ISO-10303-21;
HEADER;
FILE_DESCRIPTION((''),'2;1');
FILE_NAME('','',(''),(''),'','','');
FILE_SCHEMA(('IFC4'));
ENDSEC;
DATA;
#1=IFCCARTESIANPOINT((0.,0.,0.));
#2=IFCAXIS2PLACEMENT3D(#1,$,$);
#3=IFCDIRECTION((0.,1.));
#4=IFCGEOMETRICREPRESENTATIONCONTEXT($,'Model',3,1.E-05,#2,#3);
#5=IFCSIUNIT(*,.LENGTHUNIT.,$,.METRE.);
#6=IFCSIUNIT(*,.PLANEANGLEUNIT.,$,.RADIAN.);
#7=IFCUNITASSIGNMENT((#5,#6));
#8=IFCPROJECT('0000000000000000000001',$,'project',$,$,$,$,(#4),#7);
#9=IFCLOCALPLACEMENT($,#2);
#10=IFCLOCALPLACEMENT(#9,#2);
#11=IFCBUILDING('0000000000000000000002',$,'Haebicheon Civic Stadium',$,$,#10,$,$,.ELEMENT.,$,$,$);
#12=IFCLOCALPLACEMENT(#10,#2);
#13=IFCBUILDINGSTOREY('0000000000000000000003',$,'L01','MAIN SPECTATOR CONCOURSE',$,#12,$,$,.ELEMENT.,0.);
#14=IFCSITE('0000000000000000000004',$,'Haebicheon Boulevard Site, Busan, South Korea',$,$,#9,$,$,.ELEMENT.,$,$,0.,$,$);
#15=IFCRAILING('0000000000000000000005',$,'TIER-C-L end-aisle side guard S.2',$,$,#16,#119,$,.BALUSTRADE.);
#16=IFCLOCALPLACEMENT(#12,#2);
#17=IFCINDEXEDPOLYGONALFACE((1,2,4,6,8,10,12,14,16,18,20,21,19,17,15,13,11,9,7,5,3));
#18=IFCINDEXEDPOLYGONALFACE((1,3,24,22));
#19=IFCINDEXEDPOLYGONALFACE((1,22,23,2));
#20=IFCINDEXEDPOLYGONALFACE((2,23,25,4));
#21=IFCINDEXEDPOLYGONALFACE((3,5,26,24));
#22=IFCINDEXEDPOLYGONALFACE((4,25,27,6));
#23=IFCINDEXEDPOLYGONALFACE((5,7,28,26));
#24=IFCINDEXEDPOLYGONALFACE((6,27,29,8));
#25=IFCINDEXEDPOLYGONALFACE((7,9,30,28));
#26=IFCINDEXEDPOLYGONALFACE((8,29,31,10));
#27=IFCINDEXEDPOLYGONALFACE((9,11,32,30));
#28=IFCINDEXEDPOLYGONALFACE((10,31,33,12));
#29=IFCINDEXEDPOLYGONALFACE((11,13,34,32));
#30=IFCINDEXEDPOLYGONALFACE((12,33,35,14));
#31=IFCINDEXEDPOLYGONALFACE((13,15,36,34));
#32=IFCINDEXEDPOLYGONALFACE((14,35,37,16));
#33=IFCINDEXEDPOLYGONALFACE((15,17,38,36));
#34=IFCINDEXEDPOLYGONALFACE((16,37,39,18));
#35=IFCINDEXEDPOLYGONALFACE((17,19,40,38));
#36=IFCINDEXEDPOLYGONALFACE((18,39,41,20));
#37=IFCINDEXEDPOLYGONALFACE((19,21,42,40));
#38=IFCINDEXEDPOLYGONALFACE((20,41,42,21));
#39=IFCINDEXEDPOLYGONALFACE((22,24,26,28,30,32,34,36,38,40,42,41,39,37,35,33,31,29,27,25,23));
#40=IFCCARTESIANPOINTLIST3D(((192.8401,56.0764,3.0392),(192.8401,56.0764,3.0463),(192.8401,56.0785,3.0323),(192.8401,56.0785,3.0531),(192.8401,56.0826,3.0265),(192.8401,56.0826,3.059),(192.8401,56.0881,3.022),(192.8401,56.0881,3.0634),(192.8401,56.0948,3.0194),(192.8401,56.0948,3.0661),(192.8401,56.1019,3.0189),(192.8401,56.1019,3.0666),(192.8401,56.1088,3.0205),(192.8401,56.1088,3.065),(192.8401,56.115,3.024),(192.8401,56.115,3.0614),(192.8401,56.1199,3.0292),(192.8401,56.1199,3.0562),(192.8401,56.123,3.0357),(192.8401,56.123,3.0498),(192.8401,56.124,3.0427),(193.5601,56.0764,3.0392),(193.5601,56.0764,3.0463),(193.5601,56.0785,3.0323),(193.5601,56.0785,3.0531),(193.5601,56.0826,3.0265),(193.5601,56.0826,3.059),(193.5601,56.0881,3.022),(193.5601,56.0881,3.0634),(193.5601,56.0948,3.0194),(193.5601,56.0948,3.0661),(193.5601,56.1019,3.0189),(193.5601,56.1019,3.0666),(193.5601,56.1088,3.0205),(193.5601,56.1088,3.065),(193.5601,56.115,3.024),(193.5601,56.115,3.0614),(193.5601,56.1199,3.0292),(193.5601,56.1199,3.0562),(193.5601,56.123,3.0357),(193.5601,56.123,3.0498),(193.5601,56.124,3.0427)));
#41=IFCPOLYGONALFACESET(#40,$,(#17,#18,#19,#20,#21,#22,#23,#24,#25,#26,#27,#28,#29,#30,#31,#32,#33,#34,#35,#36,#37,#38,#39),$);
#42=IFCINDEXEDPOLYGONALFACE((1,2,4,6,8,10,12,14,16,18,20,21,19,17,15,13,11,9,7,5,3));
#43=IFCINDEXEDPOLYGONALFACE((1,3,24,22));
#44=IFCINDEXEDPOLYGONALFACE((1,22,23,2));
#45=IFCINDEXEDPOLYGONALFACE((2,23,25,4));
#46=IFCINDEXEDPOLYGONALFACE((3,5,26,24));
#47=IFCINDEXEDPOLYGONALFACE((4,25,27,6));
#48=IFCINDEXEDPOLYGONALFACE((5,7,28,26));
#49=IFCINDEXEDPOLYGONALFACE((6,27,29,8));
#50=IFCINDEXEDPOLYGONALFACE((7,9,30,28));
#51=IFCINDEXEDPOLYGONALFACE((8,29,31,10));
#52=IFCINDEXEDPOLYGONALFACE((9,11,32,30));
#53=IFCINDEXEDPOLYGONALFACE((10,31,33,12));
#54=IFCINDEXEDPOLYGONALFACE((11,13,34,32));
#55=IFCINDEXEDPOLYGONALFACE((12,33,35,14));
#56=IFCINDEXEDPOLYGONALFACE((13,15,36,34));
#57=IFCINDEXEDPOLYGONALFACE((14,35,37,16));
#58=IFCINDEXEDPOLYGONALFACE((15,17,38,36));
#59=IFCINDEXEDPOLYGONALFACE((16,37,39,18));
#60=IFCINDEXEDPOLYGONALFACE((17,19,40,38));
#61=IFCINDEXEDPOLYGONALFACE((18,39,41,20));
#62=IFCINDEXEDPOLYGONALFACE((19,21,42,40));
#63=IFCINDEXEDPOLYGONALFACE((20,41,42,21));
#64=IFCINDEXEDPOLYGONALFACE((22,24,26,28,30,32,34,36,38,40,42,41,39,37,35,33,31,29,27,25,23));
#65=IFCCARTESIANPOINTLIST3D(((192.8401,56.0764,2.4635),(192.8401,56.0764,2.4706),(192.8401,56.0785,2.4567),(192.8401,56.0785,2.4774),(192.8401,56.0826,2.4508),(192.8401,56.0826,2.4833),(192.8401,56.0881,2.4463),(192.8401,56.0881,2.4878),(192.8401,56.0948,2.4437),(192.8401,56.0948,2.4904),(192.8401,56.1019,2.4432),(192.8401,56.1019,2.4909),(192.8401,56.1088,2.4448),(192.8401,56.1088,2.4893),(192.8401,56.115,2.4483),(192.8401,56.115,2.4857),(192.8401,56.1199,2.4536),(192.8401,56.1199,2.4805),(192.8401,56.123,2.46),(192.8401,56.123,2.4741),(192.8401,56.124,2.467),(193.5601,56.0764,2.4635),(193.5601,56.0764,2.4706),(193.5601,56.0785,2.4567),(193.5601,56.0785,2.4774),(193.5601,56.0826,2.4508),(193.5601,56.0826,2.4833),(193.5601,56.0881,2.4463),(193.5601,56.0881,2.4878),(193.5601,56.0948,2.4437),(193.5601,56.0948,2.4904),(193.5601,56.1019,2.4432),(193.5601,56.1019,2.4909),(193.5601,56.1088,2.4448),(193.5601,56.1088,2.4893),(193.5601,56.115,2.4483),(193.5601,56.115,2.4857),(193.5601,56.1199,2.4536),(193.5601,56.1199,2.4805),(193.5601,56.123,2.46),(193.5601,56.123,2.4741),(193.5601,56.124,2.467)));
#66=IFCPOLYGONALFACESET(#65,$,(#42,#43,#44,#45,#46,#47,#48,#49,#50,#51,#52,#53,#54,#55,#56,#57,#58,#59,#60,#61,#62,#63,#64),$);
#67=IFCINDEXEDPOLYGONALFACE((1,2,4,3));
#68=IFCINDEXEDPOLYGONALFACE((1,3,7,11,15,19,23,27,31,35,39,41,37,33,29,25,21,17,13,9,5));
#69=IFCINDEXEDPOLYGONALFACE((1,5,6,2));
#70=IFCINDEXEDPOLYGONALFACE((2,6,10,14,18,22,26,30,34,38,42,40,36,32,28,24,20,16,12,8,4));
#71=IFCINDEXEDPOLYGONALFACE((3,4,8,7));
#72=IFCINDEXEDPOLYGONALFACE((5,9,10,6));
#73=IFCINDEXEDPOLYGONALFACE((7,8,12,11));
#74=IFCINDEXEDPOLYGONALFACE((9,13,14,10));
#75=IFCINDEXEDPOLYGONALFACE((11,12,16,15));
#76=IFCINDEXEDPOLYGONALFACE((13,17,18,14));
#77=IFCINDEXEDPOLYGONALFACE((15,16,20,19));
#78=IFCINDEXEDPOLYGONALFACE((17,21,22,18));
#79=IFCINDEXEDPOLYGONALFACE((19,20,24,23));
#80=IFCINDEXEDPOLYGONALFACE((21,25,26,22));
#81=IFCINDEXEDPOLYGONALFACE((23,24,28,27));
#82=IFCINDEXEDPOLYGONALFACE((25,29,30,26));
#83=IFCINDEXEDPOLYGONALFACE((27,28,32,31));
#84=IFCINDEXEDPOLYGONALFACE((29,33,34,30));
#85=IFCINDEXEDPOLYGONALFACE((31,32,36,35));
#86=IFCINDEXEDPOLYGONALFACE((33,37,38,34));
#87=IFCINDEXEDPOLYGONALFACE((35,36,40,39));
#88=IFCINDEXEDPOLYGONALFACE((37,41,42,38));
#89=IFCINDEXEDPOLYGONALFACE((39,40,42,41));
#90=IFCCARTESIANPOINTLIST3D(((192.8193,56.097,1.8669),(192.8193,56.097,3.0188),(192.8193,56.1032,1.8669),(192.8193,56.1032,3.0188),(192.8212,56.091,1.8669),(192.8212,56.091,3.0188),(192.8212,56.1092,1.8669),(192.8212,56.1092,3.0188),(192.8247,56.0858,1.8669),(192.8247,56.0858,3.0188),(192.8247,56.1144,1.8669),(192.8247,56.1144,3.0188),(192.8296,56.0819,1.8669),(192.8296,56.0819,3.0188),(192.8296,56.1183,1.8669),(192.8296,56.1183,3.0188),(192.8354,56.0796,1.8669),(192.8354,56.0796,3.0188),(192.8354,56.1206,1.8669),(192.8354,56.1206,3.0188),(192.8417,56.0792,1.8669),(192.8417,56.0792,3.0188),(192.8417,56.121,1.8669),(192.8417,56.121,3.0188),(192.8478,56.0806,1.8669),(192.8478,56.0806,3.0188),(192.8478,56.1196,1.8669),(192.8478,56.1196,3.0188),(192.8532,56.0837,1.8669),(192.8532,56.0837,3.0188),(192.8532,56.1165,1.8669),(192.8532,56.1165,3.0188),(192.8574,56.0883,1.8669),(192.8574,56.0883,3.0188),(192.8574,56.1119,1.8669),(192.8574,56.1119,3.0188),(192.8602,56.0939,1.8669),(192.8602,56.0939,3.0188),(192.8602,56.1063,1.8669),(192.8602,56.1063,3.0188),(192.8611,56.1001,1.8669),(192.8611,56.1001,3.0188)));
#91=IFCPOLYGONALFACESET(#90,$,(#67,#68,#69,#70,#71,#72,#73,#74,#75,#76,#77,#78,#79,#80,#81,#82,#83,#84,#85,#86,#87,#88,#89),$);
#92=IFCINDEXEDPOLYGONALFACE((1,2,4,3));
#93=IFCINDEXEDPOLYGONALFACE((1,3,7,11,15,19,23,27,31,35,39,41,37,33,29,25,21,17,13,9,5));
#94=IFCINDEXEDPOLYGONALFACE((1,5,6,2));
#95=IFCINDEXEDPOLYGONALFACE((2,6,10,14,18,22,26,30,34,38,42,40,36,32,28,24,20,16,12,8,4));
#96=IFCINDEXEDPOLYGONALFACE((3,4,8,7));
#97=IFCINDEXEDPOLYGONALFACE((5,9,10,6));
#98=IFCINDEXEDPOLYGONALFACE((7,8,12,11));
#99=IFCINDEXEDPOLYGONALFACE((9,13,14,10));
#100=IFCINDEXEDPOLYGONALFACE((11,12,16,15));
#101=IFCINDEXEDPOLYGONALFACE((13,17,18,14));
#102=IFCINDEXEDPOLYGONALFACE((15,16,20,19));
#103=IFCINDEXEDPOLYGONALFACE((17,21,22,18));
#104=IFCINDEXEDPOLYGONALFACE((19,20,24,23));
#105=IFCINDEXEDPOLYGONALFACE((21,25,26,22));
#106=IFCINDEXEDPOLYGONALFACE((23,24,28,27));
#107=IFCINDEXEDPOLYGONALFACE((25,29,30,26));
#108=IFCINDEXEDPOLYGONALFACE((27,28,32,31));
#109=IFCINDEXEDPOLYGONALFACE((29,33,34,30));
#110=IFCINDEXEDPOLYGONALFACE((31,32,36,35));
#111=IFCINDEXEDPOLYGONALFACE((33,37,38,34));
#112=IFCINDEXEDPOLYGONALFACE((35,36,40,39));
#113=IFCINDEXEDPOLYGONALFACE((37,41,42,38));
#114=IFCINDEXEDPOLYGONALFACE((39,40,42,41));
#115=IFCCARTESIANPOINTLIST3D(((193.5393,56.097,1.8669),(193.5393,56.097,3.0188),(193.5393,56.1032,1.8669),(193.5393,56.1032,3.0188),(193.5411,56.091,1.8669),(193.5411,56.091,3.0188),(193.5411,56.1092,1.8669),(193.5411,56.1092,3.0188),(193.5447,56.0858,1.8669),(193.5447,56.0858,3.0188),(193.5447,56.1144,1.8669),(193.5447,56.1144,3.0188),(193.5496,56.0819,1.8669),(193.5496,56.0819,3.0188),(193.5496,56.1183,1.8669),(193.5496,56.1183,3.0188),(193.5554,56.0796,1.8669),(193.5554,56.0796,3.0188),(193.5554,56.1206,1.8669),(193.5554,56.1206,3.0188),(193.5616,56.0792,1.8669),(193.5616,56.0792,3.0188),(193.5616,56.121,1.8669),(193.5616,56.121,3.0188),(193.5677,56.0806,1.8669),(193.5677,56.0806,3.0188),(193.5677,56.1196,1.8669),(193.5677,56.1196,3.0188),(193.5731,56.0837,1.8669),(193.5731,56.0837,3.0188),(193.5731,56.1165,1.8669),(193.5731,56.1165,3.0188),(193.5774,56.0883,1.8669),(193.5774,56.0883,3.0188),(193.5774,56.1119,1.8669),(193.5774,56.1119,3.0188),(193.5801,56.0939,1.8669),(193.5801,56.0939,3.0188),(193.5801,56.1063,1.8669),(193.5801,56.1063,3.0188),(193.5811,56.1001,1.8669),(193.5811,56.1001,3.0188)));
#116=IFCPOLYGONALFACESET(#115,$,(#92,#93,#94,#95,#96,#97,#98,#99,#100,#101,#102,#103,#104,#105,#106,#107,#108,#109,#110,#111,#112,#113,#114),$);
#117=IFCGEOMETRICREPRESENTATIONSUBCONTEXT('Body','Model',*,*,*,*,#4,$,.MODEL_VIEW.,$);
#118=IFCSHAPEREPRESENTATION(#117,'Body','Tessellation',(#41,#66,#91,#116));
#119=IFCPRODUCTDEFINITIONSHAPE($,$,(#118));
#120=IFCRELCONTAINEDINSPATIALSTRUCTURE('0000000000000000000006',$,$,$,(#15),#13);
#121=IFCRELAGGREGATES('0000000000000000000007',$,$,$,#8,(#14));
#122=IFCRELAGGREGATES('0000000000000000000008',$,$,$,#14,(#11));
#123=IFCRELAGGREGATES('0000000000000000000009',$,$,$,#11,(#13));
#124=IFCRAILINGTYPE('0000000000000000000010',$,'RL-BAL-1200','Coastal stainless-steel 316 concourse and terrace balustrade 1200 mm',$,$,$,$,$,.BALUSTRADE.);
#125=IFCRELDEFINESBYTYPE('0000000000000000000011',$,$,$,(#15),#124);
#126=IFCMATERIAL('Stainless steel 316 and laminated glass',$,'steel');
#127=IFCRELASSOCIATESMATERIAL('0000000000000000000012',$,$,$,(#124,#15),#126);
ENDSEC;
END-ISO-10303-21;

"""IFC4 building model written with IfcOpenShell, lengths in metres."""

from ifc_helpers import new_model, si_unit, direction, frame, origin, origin_2d, place, context, subcontext, project, spatial, circle, extrude, material, type_object, element, save


model = new_model("IFC4")

# Units and contexts
model_context = context("Model", 3, precision=1e-05, world=origin(), true_north=direction((0.0, 1.0)))
body_context = subcontext(model_context, "Body", "Model", "MODEL_VIEW")
ifc_project = project(units=[si_unit("LENGTHUNIT", "METRE"), si_unit("PLANEANGLEUNIT", "RADIAN")], contexts=[model_context])

# Site, building, storey
site_placement = place(None, origin())
site = spatial("IfcSite", under=ifc_project, at=site_placement, Name="Haebicheon Boulevard Site, Busan, South Korea", CompositionType="ELEMENT", RefElevation=0.0)
building_placement = place(site_placement, origin())
building = spatial("IfcBuilding", under=site, at=building_placement, Name="Haebicheon Civic Stadium", CompositionType="ELEMENT")
storey_placement = place(building_placement, origin())
storey = spatial("IfcBuildingStorey", under=building, at=storey_placement, Name="L01", Description="MAIN SPECTATOR CONCOURSE", CompositionType="ELEMENT", Elevation=0.0)

# Railing
ifc_material_1 = material(Name="Stainless steel 316 and laminated glass", Category="steel")
railing_type_1 = type_object("IfcRailingType", Name="RL-BAL-1200", Description="Coastal stainless-steel 316 concourse and terrace balustrade 1200 mm", PredefinedType="BALUSTRADE", material=ifc_material_1)
for number, where, name in (
    (1, (192.8401, 56.1001, 1.8669), "TIER-C-L end-aisle side guard S.2"),
):
    element("IfcRailing", number, at=place(storey_placement, frame(where)), inside=storey, type_object=railing_type_1, material=ifc_material_1, Name=name, PredefinedType="BALUSTRADE", context=body_context, shape_type="SweptSolid", body=[
        extrude(circle(Radius=0.0239, at=origin_2d()), frame((0.0, 0.0, 1.1758), z_axis=(1.0, 0.0, 0.0), x_axis=(0.0, 1.0, 0.0)), (0.0, 0.0, 1.0), 0.72),
        extrude(circle(Radius=0.0239, at=origin_2d()), frame((0.0, 0.0, 0.6001), z_axis=(1.0, 0.0, 0.0), x_axis=(0.0, 1.0, 0.0)), (0.0, 0.0, 1.0), 0.72),
        extrude(circle(Radius=0.021, at=origin_2d()), origin(), (0.0, 0.0, 1.0), 1.1519),
        extrude(circle(Radius=0.021, at=origin_2d()), frame((0.72, 0.0, 0.0)), (0.0, 0.0, 1.0), 1.1519),
    ])

save(model, "model.ifc")
